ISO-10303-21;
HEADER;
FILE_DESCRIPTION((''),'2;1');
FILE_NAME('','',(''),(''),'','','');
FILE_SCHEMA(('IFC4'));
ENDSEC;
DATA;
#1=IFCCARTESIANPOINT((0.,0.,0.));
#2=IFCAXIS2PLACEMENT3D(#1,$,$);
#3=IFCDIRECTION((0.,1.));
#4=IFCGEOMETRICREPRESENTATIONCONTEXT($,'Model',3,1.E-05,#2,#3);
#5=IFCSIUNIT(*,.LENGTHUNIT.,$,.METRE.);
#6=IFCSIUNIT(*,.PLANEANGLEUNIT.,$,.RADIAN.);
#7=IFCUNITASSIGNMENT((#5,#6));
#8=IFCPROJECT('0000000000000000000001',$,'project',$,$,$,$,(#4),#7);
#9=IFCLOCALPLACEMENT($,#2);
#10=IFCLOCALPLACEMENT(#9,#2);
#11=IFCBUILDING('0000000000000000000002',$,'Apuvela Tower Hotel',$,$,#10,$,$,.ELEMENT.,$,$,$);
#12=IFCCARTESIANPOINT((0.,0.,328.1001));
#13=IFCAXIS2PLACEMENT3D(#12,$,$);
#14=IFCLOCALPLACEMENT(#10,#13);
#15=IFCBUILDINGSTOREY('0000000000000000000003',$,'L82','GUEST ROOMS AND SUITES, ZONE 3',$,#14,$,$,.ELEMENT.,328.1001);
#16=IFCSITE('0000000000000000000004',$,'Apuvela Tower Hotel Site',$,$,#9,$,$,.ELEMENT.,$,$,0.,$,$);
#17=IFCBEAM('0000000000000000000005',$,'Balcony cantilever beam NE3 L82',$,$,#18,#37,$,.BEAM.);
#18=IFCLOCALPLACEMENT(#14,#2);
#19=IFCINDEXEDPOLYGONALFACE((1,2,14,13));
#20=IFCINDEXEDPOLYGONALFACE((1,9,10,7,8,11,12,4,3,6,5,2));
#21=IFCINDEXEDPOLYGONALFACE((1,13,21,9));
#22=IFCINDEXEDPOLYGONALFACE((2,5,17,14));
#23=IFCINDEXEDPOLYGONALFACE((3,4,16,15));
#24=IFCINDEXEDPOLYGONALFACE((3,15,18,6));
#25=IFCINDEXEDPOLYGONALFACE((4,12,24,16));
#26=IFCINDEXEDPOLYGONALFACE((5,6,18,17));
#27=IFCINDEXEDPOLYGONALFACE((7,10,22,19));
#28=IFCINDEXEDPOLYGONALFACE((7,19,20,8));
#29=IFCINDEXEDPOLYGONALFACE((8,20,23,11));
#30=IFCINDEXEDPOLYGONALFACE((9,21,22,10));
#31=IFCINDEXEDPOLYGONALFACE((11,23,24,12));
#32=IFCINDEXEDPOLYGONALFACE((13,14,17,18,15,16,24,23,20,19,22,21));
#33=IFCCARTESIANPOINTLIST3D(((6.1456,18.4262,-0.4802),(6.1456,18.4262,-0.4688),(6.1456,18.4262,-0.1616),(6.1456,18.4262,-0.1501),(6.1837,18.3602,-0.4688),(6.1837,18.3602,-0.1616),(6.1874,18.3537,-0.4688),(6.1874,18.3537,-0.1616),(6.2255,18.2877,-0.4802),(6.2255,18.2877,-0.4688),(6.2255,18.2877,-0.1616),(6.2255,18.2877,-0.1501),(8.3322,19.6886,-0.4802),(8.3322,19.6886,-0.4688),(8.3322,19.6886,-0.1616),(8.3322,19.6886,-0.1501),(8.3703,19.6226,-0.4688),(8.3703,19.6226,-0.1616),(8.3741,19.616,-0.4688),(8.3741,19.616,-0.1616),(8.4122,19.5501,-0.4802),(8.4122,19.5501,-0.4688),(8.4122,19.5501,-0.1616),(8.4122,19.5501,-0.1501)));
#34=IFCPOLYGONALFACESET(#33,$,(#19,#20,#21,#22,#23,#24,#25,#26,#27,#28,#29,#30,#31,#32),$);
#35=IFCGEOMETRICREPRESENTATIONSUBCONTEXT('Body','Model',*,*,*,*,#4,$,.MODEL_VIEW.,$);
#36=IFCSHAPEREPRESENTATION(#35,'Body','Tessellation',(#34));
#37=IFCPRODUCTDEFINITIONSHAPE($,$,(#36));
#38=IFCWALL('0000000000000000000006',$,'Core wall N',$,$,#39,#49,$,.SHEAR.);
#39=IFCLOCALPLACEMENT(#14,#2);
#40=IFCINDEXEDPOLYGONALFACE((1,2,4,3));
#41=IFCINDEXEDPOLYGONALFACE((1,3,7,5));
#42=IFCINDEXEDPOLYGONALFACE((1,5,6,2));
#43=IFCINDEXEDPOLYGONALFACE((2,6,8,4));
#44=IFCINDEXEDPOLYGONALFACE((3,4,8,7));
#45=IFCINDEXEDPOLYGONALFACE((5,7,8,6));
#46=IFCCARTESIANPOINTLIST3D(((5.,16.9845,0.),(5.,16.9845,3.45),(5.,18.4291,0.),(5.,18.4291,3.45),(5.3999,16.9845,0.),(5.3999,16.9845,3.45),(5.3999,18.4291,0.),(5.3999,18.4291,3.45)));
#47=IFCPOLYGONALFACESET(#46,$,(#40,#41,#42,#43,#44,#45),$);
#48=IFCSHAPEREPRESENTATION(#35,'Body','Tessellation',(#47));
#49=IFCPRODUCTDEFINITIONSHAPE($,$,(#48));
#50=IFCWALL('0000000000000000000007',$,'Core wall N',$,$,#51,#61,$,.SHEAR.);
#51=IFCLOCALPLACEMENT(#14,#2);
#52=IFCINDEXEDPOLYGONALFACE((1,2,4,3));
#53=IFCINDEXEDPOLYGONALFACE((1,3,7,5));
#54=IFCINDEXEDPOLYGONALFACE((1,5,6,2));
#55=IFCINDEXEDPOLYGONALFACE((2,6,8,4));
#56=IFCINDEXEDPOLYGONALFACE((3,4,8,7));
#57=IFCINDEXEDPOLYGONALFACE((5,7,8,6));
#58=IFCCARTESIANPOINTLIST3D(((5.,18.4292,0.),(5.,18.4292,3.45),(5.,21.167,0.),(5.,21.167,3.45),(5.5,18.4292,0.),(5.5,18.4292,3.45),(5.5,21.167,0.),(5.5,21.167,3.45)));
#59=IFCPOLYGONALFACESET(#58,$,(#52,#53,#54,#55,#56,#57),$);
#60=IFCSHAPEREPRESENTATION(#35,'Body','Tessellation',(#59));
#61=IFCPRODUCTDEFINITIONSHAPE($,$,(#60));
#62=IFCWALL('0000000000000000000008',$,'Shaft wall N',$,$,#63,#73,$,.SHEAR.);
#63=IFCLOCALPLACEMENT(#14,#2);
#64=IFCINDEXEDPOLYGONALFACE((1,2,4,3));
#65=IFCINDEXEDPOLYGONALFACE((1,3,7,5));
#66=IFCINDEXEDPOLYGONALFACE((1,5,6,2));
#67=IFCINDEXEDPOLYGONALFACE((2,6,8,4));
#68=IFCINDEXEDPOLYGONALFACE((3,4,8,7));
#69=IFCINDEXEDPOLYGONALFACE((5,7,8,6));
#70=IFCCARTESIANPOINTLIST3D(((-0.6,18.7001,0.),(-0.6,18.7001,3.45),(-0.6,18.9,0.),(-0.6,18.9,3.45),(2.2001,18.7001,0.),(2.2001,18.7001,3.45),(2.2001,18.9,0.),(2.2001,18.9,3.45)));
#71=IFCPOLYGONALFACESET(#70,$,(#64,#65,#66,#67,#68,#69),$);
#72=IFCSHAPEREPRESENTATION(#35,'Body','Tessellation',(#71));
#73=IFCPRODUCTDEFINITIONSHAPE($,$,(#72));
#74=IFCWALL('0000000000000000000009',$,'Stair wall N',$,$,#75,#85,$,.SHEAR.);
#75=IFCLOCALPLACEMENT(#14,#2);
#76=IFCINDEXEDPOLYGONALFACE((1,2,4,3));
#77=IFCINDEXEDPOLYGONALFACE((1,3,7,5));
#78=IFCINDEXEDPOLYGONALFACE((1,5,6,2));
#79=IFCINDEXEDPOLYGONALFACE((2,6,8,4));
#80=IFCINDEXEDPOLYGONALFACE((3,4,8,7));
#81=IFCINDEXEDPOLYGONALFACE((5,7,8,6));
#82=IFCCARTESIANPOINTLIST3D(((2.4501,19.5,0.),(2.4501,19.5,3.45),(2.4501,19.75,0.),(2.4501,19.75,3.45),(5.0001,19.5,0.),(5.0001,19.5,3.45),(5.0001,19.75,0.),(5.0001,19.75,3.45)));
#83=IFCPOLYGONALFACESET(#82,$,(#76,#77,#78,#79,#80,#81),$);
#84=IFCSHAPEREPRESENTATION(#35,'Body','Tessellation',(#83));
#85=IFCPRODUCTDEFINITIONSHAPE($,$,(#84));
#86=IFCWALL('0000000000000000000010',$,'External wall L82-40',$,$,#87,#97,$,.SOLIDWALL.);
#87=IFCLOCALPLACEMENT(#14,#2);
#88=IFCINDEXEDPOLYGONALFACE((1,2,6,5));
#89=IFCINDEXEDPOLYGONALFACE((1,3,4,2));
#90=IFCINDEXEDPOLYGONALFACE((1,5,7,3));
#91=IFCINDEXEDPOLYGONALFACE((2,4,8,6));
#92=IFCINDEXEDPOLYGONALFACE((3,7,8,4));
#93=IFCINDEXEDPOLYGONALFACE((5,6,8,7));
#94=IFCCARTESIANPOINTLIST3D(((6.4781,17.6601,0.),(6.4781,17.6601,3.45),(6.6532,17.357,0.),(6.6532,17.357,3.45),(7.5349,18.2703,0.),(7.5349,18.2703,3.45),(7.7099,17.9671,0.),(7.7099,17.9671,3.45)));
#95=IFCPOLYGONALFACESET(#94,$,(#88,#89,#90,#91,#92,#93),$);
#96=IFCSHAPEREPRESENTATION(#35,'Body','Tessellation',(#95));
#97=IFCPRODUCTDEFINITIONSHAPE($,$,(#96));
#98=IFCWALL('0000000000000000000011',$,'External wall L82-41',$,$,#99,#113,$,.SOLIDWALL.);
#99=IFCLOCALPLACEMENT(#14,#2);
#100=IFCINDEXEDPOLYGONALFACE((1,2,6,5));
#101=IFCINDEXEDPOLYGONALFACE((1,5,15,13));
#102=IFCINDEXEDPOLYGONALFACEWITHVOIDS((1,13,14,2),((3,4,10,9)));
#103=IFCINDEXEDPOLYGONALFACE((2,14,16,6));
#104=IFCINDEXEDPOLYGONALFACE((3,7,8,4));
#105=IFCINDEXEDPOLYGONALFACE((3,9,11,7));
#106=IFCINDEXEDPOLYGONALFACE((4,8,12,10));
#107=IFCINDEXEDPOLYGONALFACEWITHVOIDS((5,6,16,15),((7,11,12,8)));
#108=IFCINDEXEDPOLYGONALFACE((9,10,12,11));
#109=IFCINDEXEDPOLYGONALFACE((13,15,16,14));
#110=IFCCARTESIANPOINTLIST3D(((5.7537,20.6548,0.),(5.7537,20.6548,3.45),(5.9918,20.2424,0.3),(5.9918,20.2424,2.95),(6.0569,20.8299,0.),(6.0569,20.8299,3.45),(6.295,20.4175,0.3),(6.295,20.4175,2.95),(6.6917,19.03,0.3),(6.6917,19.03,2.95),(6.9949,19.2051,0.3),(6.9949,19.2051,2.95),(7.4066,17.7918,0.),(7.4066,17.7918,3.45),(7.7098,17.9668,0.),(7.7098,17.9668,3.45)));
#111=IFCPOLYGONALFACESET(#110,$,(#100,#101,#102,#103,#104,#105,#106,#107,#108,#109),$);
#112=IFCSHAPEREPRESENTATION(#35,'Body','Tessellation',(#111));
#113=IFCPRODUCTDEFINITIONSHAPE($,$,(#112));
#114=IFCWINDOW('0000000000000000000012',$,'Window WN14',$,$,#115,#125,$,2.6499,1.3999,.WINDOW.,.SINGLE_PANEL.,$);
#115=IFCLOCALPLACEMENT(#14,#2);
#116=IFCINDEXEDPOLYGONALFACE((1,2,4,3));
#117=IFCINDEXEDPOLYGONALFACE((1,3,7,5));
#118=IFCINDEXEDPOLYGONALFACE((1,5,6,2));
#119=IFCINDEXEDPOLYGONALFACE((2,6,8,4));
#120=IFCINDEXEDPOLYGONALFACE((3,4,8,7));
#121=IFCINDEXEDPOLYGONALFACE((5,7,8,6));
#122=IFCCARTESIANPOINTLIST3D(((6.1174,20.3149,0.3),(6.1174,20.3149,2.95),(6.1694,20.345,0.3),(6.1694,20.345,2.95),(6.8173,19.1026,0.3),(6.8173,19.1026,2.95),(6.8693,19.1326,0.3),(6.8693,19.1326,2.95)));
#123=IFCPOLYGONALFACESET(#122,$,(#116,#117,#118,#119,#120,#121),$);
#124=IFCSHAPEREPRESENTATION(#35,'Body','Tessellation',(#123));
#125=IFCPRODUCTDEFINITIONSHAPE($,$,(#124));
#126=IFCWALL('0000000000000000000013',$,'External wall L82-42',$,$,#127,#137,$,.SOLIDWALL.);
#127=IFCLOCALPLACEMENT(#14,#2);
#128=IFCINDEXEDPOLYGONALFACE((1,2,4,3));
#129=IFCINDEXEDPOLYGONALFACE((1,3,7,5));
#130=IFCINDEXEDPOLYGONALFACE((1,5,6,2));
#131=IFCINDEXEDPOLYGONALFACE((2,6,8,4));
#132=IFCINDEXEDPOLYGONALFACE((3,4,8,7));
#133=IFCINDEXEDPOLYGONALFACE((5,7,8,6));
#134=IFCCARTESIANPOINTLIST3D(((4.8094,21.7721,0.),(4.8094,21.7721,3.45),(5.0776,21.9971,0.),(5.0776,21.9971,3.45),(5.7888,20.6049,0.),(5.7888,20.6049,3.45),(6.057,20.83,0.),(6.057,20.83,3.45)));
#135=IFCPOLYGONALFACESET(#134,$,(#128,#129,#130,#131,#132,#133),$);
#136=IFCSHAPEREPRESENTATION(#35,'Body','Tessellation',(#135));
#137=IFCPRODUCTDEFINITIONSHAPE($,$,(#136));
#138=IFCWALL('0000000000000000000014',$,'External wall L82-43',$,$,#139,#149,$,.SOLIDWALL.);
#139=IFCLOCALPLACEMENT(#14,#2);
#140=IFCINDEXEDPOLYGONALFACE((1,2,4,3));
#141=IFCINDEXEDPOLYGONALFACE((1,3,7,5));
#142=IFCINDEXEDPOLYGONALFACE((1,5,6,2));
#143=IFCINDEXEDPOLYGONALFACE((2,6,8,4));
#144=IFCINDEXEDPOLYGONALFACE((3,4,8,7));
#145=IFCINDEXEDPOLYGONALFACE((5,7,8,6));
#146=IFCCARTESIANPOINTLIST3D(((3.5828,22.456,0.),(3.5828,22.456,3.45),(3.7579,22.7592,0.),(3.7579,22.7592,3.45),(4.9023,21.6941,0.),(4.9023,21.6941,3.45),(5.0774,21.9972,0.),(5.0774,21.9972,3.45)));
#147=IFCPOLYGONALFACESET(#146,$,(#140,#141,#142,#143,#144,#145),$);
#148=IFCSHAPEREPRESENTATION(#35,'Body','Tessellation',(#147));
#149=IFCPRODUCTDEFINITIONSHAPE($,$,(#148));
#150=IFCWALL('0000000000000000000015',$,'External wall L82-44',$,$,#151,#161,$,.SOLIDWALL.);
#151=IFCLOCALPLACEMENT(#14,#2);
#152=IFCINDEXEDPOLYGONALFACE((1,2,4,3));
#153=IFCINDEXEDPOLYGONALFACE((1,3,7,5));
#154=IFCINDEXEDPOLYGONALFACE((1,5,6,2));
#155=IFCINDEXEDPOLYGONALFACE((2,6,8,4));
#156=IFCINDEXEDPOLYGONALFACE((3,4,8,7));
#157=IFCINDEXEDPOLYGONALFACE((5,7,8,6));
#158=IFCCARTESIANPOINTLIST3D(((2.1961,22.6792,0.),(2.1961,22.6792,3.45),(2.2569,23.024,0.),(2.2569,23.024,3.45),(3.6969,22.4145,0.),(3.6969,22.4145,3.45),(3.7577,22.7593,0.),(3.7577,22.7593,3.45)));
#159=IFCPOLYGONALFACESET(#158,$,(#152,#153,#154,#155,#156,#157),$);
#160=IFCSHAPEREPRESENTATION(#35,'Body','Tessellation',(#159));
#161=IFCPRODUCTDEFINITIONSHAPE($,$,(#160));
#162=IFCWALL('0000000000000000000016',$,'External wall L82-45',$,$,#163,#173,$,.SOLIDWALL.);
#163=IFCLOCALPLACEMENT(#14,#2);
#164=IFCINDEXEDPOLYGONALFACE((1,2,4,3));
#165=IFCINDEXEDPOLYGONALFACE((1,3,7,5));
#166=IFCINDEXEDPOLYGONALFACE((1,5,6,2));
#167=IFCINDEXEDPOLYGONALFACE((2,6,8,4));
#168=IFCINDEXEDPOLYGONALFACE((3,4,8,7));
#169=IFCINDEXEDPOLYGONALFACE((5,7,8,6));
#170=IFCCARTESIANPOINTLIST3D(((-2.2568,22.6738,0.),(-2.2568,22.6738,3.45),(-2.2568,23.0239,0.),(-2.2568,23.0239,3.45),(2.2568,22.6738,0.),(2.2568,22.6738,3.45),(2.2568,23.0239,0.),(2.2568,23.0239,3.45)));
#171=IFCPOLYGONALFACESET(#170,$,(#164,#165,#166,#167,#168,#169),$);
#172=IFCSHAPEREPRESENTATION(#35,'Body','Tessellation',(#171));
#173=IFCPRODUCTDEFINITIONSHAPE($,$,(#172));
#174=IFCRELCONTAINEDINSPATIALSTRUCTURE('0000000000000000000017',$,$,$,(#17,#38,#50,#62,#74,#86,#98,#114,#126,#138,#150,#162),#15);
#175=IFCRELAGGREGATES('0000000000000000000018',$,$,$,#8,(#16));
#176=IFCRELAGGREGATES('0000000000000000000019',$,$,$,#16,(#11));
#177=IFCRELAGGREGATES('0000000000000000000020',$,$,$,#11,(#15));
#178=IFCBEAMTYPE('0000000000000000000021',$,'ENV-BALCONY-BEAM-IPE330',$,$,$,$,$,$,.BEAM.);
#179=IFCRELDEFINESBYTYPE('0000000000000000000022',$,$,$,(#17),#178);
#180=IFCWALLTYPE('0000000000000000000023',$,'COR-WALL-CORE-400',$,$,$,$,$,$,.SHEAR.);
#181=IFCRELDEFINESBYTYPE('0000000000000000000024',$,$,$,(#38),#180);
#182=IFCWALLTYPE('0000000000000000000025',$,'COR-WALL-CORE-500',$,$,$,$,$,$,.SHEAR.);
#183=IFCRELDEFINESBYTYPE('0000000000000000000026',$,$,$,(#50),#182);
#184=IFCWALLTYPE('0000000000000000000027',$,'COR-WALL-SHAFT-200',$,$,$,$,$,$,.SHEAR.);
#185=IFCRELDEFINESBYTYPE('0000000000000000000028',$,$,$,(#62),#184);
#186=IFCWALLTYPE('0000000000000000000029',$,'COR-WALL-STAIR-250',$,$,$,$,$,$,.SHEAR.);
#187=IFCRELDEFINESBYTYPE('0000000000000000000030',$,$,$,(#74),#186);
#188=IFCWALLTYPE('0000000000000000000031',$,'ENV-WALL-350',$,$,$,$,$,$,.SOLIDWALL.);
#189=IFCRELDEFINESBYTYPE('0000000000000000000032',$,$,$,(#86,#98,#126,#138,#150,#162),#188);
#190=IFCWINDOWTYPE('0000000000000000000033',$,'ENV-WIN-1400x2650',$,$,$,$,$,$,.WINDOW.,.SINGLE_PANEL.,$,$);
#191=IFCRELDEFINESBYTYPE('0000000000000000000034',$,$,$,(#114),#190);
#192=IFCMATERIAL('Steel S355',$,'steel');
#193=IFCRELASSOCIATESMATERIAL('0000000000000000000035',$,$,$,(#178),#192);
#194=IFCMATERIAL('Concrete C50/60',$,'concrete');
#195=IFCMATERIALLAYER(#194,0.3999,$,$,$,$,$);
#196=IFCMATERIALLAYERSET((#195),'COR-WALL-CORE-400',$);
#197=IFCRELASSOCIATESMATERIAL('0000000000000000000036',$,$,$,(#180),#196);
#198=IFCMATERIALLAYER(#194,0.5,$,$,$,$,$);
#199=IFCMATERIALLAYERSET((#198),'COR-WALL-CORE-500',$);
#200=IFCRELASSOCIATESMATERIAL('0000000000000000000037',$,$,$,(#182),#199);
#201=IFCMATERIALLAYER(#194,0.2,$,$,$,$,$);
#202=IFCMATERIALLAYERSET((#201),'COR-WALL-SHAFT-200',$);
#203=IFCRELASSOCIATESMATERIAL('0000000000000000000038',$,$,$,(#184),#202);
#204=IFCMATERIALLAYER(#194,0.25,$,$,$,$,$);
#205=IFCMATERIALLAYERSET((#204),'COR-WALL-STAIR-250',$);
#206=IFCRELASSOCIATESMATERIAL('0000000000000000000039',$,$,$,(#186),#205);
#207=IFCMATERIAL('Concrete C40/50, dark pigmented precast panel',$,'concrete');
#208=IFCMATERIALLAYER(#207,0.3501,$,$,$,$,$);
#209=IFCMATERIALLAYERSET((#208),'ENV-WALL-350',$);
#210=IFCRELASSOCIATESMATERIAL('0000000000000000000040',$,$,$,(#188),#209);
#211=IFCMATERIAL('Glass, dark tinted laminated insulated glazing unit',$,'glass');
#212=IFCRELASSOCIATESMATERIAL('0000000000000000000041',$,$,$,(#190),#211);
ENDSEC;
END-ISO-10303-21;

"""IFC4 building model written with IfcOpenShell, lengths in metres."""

from ifc_helpers import new_model, si_unit, direction, frame, frame_2d, origin, origin_2d, place, context, subcontext, project, spatial, rectangle, i_section, extrude, material, layer, layer_set, material_profile, profile_set, type_object, element, fill, save


model = new_model("IFC4")

# Units and contexts
model_context = context("Model", 3, precision=1e-05, world=origin(), true_north=direction((0.0, 1.0)))
body_context = subcontext(model_context, "Body", "Model", "MODEL_VIEW")
ifc_project = project(units=[si_unit("LENGTHUNIT", "METRE"), si_unit("PLANEANGLEUNIT", "RADIAN")], contexts=[model_context])

# Site, building, storey
site_placement = place(None, origin())
site = spatial("IfcSite", under=ifc_project, at=site_placement, Name="Apuvela Tower Hotel Site", CompositionType="ELEMENT", RefElevation=0.0)
building_placement = place(site_placement, origin())
building = spatial("IfcBuilding", under=site, at=building_placement, Name="Apuvela Tower Hotel", CompositionType="ELEMENT")
storey_placement = place(building_placement, frame((0.0, 0.0, 328.1001)))
storey = spatial("IfcBuildingStorey", under=building, at=storey_placement, Name="L82", Description="GUEST ROOMS AND SUITES, ZONE 3", CompositionType="ELEMENT", Elevation=328.1001)

# Beam
ifc_material_1 = material(Name="Steel S355", Category="steel")
ifc_material_profile_1 = material_profile(ifc_material_1, i_section(OverallWidth=0.1599, OverallDepth=0.3301, WebThickness=0.0076, FlangeThickness=0.0115, at=origin_2d()), Name="IPE 330")
ifc_profile_set_1 = profile_set([ifc_material_profile_1], Name="Steel S355")
beam_type = type_object("IfcBeamType", Name="ENV-BALCONY-BEAM-IPE330", PredefinedType="BEAM", material=ifc_profile_set_1)
beam_placement = place(storey_placement, frame((6.1855, 18.3569, -0.3152), z_axis=(0.866039, 0.499976, 0.0), x_axis=(-0.499976, 0.866039, 0.0)))
element("IfcBeam", 1, at=beam_placement, inside=storey, type_object=beam_type, Name="Balcony cantilever beam NE3 L82", PredefinedType="BEAM", context=body_context, shape_type="SweptSolid", body=[
    extrude(i_section(OverallWidth=0.1599, OverallDepth=0.3301, WebThickness=0.0076, FlangeThickness=0.0115, at=origin_2d()), origin(), (0.0, 0.0, 1.0), 2.5249),
])

# Walls
ifc_material_2 = material(Name="Concrete C50/60", Category="concrete")
ifc_layer_1 = layer(ifc_material_2, 0.3999)
ifc_layer_set_1 = layer_set([ifc_layer_1], Name="COR-WALL-CORE-400")
wall_type_1 = type_object("IfcWallType", Name="COR-WALL-CORE-400", PredefinedType="SHEAR", material=ifc_layer_set_1)
wall_1_placement = place(storey_placement, frame((5.2, 16.9846, 0.0), z_axis=(0.0, 0.0, 1.0), x_axis=(0.0, 1.0, 0.0)))
element("IfcWall", 2, at=wall_1_placement, inside=storey, type_object=wall_type_1, Name="Core wall N", PredefinedType="SHEAR", context=body_context, shape_type="SweptSolid", body=[
    extrude(rectangle(XDim=1.4446, YDim=0.3999, at=frame_2d((0.7222, 0.0))), origin(), (0.0, 0.0, 1.0), 3.45),
])
ifc_layer_2 = layer(ifc_material_2, 0.5)
ifc_layer_set_2 = layer_set([ifc_layer_2], Name="COR-WALL-CORE-500")
wall_type_2 = type_object("IfcWallType", Name="COR-WALL-CORE-500", PredefinedType="SHEAR", material=ifc_layer_set_2)
wall_2_placement = place(storey_placement, frame((5.25, 18.4292, 0.0), z_axis=(0.0, 0.0, 1.0), x_axis=(0.0, 1.0, 0.0)))
element("IfcWall", 3, at=wall_2_placement, inside=storey, type_object=wall_type_2, Name="Core wall N", PredefinedType="SHEAR", context=body_context, shape_type="SweptSolid", body=[
    extrude(rectangle(XDim=2.7378, YDim=0.5, at=frame_2d((1.3689, 0.0))), origin(), (0.0, 0.0, 1.0), 3.45),
])
ifc_layer_3 = layer(ifc_material_2, 0.2)
ifc_layer_set_3 = layer_set([ifc_layer_3], Name="COR-WALL-SHAFT-200")
wall_type_3 = type_object("IfcWallType", Name="COR-WALL-SHAFT-200", PredefinedType="SHEAR", material=ifc_layer_set_3)
wall_3_placement = place(storey_placement, frame((2.2, 18.8, 0.0), z_axis=(0.0, 0.0, 1.0), x_axis=(-1.0, 0.0, 0.0)))
element("IfcWall", 4, at=wall_3_placement, inside=storey, type_object=wall_type_3, Name="Shaft wall N", PredefinedType="SHEAR", context=body_context, shape_type="SweptSolid", body=[
    extrude(rectangle(XDim=2.8, YDim=0.2, at=frame_2d((1.3999, 0.0))), origin(), (0.0, 0.0, 1.0), 3.45),
])
ifc_layer_4 = layer(ifc_material_2, 0.25)
ifc_layer_set_4 = layer_set([ifc_layer_4], Name="COR-WALL-STAIR-250")
wall_type_4 = type_object("IfcWallType", Name="COR-WALL-STAIR-250", PredefinedType="SHEAR", material=ifc_layer_set_4)
wall_4_placement = place(storey_placement, frame((5.0, 19.625, 0.0), z_axis=(0.0, 0.0, 1.0), x_axis=(-1.0, 0.0, 0.0)))
element("IfcWall", 5, at=wall_4_placement, inside=storey, type_object=wall_type_4, Name="Stair wall N", PredefinedType="SHEAR", context=body_context, shape_type="SweptSolid", body=[
    extrude(rectangle(XDim=2.55, YDim=0.25, at=frame_2d((1.2749, 0.0))), origin(), (0.0, 0.0, 1.0), 3.45),
])
ifc_material_3 = material(Name="Concrete C40/50, dark pigmented precast panel", Category="concrete")
ifc_layer_5 = layer(ifc_material_3, 0.3501)
ifc_layer_set_5 = layer_set([ifc_layer_5], Name="ENV-WALL-350")
wall_type_5 = type_object("IfcWallType", Name="ENV-WALL-350", PredefinedType="SOLIDWALL", material=ifc_layer_set_5)
wall_5_placement = place(storey_placement, frame((6.5657, 17.5085, 0.0), z_axis=(0.0, 0.0, 1.0), x_axis=(0.866006, 0.500034, 0.0)))
element("IfcWall", 6, at=wall_5_placement, inside=storey, type_object=wall_type_5, Name="External wall L82-40", PredefinedType="SOLIDWALL", context=body_context, shape_type="SweptSolid", body=[
    extrude(rectangle(XDim=1.2202, YDim=0.3501, at=frame_2d((0.6101, 0.0))), origin(), (0.0, 0.0, 1.0), 3.45),
])

# Wall, opening, window
wall_6_placement = place(storey_placement, frame((7.5581, 17.8794, 0.0), z_axis=(0.0, 0.0, 1.0), x_axis=(-0.499968, 0.866044, 0.0)))
wall_6 = element("IfcWall", 7, at=wall_6_placement, inside=storey, type_object=wall_type_5, Name="External wall L82-41", PredefinedType="SOLIDWALL", context=body_context, shape_type="SweptSolid", body=[
    extrude(rectangle(XDim=3.3059, YDim=0.3501, at=frame_2d((1.6528, 0.0))), origin(), (0.0, 0.0, 1.0), 3.45),
])
opening_placement = place(wall_6_placement, frame((1.4297, 0.0, 0.3)))
opening = element("IfcOpeningElement", 8, at=opening_placement, cuts=wall_6, PredefinedType="OPENING", context=body_context, shape_type="SweptSolid", body=[
    extrude(rectangle(XDim=1.3999, YDim=2.6499, at=frame_2d((0.7, 1.325))), frame((0.0, 0.1851, 0.0), z_axis=(0.0, -1.0, 0.0), x_axis=(1.0, 0.0, 0.0)), (0.0, 0.0, 1.0), 0.3701),
])
ifc_material_4 = material(Name="Glass, dark tinted laminated insulated glazing unit", Category="glass")
window_type = type_object("IfcWindowType", Name="ENV-WIN-1400x2650", PartitioningType="SINGLE_PANEL", PredefinedType="WINDOW", material=ifc_material_4)
window_placement = place(opening_placement, origin())
window = element("IfcWindow", 9, at=window_placement, inside=storey, type_object=window_type, Name="Window WN14", OverallHeight=2.6499, OverallWidth=1.3999, PartitioningType="SINGLE_PANEL", PredefinedType="WINDOW", context=body_context, shape_type="SweptSolid", body=[
    extrude(rectangle(XDim=1.3999, YDim=2.6499, at=frame_2d((0.7, 1.325))), frame((0.0, 0.03, 0.0), z_axis=(0.0, -1.0, 0.0), x_axis=(1.0, 0.0, 0.0)), (0.0, 0.0, 1.0), 0.0601),
])
fill(opening, window)

# Walls
for number, where, z_axis, x_axis, name in (
    (10, (5.9229, 20.7175, 0.0), (0.0, 0.0, 1.0), (-0.642812, 0.766024, 0.0), "External wall L82-42"),
    (11, (4.9897, 21.8457, 0.0), (0.0, 0.0, 1.0), (-0.865996, 0.500051, 0.0), "External wall L82-43"),
):
    element("IfcWall", number, at=place(storey_placement, frame(where, z_axis=z_axis, x_axis=x_axis)), inside=storey, type_object=wall_type_5, Name=name, PredefinedType="SOLIDWALL", context=body_context, shape_type="SweptSolid", body=[
        extrude(rectangle(XDim=1.5237, YDim=0.3501, at=frame_2d((0.7617, 0.0))), origin(), (0.0, 0.0, 1.0), 3.45),
    ])
wall_7_placement = place(storey_placement, frame((3.7273, 22.5869, 0.0), z_axis=(0.0, 0.0, 1.0), x_axis=(-0.984805, 0.173667, 0.0)))
element("IfcWall", 12, at=wall_7_placement, inside=storey, type_object=wall_type_5, Name="External wall L82-44", PredefinedType="SOLIDWALL", context=body_context, shape_type="SweptSolid", body=[
    extrude(rectangle(XDim=1.5239, YDim=0.3501, at=frame_2d((0.762, 0.0))), origin(), (0.0, 0.0, 1.0), 3.45),
])
wall_8_placement = place(storey_placement, frame((2.2568, 22.8489, 0.0), z_axis=(0.0, 0.0, 1.0), x_axis=(-1.0, 0.0, 0.0)))
element("IfcWall", 13, at=wall_8_placement, inside=storey, type_object=wall_type_5, Name="External wall L82-45", PredefinedType="SOLIDWALL", context=body_context, shape_type="SweptSolid", body=[
    extrude(rectangle(XDim=4.5137, YDim=0.3501, at=frame_2d((2.2568, 0.0))), origin(), (0.0, 0.0, 1.0), 3.45),
])

save(model, "model.ifc")
